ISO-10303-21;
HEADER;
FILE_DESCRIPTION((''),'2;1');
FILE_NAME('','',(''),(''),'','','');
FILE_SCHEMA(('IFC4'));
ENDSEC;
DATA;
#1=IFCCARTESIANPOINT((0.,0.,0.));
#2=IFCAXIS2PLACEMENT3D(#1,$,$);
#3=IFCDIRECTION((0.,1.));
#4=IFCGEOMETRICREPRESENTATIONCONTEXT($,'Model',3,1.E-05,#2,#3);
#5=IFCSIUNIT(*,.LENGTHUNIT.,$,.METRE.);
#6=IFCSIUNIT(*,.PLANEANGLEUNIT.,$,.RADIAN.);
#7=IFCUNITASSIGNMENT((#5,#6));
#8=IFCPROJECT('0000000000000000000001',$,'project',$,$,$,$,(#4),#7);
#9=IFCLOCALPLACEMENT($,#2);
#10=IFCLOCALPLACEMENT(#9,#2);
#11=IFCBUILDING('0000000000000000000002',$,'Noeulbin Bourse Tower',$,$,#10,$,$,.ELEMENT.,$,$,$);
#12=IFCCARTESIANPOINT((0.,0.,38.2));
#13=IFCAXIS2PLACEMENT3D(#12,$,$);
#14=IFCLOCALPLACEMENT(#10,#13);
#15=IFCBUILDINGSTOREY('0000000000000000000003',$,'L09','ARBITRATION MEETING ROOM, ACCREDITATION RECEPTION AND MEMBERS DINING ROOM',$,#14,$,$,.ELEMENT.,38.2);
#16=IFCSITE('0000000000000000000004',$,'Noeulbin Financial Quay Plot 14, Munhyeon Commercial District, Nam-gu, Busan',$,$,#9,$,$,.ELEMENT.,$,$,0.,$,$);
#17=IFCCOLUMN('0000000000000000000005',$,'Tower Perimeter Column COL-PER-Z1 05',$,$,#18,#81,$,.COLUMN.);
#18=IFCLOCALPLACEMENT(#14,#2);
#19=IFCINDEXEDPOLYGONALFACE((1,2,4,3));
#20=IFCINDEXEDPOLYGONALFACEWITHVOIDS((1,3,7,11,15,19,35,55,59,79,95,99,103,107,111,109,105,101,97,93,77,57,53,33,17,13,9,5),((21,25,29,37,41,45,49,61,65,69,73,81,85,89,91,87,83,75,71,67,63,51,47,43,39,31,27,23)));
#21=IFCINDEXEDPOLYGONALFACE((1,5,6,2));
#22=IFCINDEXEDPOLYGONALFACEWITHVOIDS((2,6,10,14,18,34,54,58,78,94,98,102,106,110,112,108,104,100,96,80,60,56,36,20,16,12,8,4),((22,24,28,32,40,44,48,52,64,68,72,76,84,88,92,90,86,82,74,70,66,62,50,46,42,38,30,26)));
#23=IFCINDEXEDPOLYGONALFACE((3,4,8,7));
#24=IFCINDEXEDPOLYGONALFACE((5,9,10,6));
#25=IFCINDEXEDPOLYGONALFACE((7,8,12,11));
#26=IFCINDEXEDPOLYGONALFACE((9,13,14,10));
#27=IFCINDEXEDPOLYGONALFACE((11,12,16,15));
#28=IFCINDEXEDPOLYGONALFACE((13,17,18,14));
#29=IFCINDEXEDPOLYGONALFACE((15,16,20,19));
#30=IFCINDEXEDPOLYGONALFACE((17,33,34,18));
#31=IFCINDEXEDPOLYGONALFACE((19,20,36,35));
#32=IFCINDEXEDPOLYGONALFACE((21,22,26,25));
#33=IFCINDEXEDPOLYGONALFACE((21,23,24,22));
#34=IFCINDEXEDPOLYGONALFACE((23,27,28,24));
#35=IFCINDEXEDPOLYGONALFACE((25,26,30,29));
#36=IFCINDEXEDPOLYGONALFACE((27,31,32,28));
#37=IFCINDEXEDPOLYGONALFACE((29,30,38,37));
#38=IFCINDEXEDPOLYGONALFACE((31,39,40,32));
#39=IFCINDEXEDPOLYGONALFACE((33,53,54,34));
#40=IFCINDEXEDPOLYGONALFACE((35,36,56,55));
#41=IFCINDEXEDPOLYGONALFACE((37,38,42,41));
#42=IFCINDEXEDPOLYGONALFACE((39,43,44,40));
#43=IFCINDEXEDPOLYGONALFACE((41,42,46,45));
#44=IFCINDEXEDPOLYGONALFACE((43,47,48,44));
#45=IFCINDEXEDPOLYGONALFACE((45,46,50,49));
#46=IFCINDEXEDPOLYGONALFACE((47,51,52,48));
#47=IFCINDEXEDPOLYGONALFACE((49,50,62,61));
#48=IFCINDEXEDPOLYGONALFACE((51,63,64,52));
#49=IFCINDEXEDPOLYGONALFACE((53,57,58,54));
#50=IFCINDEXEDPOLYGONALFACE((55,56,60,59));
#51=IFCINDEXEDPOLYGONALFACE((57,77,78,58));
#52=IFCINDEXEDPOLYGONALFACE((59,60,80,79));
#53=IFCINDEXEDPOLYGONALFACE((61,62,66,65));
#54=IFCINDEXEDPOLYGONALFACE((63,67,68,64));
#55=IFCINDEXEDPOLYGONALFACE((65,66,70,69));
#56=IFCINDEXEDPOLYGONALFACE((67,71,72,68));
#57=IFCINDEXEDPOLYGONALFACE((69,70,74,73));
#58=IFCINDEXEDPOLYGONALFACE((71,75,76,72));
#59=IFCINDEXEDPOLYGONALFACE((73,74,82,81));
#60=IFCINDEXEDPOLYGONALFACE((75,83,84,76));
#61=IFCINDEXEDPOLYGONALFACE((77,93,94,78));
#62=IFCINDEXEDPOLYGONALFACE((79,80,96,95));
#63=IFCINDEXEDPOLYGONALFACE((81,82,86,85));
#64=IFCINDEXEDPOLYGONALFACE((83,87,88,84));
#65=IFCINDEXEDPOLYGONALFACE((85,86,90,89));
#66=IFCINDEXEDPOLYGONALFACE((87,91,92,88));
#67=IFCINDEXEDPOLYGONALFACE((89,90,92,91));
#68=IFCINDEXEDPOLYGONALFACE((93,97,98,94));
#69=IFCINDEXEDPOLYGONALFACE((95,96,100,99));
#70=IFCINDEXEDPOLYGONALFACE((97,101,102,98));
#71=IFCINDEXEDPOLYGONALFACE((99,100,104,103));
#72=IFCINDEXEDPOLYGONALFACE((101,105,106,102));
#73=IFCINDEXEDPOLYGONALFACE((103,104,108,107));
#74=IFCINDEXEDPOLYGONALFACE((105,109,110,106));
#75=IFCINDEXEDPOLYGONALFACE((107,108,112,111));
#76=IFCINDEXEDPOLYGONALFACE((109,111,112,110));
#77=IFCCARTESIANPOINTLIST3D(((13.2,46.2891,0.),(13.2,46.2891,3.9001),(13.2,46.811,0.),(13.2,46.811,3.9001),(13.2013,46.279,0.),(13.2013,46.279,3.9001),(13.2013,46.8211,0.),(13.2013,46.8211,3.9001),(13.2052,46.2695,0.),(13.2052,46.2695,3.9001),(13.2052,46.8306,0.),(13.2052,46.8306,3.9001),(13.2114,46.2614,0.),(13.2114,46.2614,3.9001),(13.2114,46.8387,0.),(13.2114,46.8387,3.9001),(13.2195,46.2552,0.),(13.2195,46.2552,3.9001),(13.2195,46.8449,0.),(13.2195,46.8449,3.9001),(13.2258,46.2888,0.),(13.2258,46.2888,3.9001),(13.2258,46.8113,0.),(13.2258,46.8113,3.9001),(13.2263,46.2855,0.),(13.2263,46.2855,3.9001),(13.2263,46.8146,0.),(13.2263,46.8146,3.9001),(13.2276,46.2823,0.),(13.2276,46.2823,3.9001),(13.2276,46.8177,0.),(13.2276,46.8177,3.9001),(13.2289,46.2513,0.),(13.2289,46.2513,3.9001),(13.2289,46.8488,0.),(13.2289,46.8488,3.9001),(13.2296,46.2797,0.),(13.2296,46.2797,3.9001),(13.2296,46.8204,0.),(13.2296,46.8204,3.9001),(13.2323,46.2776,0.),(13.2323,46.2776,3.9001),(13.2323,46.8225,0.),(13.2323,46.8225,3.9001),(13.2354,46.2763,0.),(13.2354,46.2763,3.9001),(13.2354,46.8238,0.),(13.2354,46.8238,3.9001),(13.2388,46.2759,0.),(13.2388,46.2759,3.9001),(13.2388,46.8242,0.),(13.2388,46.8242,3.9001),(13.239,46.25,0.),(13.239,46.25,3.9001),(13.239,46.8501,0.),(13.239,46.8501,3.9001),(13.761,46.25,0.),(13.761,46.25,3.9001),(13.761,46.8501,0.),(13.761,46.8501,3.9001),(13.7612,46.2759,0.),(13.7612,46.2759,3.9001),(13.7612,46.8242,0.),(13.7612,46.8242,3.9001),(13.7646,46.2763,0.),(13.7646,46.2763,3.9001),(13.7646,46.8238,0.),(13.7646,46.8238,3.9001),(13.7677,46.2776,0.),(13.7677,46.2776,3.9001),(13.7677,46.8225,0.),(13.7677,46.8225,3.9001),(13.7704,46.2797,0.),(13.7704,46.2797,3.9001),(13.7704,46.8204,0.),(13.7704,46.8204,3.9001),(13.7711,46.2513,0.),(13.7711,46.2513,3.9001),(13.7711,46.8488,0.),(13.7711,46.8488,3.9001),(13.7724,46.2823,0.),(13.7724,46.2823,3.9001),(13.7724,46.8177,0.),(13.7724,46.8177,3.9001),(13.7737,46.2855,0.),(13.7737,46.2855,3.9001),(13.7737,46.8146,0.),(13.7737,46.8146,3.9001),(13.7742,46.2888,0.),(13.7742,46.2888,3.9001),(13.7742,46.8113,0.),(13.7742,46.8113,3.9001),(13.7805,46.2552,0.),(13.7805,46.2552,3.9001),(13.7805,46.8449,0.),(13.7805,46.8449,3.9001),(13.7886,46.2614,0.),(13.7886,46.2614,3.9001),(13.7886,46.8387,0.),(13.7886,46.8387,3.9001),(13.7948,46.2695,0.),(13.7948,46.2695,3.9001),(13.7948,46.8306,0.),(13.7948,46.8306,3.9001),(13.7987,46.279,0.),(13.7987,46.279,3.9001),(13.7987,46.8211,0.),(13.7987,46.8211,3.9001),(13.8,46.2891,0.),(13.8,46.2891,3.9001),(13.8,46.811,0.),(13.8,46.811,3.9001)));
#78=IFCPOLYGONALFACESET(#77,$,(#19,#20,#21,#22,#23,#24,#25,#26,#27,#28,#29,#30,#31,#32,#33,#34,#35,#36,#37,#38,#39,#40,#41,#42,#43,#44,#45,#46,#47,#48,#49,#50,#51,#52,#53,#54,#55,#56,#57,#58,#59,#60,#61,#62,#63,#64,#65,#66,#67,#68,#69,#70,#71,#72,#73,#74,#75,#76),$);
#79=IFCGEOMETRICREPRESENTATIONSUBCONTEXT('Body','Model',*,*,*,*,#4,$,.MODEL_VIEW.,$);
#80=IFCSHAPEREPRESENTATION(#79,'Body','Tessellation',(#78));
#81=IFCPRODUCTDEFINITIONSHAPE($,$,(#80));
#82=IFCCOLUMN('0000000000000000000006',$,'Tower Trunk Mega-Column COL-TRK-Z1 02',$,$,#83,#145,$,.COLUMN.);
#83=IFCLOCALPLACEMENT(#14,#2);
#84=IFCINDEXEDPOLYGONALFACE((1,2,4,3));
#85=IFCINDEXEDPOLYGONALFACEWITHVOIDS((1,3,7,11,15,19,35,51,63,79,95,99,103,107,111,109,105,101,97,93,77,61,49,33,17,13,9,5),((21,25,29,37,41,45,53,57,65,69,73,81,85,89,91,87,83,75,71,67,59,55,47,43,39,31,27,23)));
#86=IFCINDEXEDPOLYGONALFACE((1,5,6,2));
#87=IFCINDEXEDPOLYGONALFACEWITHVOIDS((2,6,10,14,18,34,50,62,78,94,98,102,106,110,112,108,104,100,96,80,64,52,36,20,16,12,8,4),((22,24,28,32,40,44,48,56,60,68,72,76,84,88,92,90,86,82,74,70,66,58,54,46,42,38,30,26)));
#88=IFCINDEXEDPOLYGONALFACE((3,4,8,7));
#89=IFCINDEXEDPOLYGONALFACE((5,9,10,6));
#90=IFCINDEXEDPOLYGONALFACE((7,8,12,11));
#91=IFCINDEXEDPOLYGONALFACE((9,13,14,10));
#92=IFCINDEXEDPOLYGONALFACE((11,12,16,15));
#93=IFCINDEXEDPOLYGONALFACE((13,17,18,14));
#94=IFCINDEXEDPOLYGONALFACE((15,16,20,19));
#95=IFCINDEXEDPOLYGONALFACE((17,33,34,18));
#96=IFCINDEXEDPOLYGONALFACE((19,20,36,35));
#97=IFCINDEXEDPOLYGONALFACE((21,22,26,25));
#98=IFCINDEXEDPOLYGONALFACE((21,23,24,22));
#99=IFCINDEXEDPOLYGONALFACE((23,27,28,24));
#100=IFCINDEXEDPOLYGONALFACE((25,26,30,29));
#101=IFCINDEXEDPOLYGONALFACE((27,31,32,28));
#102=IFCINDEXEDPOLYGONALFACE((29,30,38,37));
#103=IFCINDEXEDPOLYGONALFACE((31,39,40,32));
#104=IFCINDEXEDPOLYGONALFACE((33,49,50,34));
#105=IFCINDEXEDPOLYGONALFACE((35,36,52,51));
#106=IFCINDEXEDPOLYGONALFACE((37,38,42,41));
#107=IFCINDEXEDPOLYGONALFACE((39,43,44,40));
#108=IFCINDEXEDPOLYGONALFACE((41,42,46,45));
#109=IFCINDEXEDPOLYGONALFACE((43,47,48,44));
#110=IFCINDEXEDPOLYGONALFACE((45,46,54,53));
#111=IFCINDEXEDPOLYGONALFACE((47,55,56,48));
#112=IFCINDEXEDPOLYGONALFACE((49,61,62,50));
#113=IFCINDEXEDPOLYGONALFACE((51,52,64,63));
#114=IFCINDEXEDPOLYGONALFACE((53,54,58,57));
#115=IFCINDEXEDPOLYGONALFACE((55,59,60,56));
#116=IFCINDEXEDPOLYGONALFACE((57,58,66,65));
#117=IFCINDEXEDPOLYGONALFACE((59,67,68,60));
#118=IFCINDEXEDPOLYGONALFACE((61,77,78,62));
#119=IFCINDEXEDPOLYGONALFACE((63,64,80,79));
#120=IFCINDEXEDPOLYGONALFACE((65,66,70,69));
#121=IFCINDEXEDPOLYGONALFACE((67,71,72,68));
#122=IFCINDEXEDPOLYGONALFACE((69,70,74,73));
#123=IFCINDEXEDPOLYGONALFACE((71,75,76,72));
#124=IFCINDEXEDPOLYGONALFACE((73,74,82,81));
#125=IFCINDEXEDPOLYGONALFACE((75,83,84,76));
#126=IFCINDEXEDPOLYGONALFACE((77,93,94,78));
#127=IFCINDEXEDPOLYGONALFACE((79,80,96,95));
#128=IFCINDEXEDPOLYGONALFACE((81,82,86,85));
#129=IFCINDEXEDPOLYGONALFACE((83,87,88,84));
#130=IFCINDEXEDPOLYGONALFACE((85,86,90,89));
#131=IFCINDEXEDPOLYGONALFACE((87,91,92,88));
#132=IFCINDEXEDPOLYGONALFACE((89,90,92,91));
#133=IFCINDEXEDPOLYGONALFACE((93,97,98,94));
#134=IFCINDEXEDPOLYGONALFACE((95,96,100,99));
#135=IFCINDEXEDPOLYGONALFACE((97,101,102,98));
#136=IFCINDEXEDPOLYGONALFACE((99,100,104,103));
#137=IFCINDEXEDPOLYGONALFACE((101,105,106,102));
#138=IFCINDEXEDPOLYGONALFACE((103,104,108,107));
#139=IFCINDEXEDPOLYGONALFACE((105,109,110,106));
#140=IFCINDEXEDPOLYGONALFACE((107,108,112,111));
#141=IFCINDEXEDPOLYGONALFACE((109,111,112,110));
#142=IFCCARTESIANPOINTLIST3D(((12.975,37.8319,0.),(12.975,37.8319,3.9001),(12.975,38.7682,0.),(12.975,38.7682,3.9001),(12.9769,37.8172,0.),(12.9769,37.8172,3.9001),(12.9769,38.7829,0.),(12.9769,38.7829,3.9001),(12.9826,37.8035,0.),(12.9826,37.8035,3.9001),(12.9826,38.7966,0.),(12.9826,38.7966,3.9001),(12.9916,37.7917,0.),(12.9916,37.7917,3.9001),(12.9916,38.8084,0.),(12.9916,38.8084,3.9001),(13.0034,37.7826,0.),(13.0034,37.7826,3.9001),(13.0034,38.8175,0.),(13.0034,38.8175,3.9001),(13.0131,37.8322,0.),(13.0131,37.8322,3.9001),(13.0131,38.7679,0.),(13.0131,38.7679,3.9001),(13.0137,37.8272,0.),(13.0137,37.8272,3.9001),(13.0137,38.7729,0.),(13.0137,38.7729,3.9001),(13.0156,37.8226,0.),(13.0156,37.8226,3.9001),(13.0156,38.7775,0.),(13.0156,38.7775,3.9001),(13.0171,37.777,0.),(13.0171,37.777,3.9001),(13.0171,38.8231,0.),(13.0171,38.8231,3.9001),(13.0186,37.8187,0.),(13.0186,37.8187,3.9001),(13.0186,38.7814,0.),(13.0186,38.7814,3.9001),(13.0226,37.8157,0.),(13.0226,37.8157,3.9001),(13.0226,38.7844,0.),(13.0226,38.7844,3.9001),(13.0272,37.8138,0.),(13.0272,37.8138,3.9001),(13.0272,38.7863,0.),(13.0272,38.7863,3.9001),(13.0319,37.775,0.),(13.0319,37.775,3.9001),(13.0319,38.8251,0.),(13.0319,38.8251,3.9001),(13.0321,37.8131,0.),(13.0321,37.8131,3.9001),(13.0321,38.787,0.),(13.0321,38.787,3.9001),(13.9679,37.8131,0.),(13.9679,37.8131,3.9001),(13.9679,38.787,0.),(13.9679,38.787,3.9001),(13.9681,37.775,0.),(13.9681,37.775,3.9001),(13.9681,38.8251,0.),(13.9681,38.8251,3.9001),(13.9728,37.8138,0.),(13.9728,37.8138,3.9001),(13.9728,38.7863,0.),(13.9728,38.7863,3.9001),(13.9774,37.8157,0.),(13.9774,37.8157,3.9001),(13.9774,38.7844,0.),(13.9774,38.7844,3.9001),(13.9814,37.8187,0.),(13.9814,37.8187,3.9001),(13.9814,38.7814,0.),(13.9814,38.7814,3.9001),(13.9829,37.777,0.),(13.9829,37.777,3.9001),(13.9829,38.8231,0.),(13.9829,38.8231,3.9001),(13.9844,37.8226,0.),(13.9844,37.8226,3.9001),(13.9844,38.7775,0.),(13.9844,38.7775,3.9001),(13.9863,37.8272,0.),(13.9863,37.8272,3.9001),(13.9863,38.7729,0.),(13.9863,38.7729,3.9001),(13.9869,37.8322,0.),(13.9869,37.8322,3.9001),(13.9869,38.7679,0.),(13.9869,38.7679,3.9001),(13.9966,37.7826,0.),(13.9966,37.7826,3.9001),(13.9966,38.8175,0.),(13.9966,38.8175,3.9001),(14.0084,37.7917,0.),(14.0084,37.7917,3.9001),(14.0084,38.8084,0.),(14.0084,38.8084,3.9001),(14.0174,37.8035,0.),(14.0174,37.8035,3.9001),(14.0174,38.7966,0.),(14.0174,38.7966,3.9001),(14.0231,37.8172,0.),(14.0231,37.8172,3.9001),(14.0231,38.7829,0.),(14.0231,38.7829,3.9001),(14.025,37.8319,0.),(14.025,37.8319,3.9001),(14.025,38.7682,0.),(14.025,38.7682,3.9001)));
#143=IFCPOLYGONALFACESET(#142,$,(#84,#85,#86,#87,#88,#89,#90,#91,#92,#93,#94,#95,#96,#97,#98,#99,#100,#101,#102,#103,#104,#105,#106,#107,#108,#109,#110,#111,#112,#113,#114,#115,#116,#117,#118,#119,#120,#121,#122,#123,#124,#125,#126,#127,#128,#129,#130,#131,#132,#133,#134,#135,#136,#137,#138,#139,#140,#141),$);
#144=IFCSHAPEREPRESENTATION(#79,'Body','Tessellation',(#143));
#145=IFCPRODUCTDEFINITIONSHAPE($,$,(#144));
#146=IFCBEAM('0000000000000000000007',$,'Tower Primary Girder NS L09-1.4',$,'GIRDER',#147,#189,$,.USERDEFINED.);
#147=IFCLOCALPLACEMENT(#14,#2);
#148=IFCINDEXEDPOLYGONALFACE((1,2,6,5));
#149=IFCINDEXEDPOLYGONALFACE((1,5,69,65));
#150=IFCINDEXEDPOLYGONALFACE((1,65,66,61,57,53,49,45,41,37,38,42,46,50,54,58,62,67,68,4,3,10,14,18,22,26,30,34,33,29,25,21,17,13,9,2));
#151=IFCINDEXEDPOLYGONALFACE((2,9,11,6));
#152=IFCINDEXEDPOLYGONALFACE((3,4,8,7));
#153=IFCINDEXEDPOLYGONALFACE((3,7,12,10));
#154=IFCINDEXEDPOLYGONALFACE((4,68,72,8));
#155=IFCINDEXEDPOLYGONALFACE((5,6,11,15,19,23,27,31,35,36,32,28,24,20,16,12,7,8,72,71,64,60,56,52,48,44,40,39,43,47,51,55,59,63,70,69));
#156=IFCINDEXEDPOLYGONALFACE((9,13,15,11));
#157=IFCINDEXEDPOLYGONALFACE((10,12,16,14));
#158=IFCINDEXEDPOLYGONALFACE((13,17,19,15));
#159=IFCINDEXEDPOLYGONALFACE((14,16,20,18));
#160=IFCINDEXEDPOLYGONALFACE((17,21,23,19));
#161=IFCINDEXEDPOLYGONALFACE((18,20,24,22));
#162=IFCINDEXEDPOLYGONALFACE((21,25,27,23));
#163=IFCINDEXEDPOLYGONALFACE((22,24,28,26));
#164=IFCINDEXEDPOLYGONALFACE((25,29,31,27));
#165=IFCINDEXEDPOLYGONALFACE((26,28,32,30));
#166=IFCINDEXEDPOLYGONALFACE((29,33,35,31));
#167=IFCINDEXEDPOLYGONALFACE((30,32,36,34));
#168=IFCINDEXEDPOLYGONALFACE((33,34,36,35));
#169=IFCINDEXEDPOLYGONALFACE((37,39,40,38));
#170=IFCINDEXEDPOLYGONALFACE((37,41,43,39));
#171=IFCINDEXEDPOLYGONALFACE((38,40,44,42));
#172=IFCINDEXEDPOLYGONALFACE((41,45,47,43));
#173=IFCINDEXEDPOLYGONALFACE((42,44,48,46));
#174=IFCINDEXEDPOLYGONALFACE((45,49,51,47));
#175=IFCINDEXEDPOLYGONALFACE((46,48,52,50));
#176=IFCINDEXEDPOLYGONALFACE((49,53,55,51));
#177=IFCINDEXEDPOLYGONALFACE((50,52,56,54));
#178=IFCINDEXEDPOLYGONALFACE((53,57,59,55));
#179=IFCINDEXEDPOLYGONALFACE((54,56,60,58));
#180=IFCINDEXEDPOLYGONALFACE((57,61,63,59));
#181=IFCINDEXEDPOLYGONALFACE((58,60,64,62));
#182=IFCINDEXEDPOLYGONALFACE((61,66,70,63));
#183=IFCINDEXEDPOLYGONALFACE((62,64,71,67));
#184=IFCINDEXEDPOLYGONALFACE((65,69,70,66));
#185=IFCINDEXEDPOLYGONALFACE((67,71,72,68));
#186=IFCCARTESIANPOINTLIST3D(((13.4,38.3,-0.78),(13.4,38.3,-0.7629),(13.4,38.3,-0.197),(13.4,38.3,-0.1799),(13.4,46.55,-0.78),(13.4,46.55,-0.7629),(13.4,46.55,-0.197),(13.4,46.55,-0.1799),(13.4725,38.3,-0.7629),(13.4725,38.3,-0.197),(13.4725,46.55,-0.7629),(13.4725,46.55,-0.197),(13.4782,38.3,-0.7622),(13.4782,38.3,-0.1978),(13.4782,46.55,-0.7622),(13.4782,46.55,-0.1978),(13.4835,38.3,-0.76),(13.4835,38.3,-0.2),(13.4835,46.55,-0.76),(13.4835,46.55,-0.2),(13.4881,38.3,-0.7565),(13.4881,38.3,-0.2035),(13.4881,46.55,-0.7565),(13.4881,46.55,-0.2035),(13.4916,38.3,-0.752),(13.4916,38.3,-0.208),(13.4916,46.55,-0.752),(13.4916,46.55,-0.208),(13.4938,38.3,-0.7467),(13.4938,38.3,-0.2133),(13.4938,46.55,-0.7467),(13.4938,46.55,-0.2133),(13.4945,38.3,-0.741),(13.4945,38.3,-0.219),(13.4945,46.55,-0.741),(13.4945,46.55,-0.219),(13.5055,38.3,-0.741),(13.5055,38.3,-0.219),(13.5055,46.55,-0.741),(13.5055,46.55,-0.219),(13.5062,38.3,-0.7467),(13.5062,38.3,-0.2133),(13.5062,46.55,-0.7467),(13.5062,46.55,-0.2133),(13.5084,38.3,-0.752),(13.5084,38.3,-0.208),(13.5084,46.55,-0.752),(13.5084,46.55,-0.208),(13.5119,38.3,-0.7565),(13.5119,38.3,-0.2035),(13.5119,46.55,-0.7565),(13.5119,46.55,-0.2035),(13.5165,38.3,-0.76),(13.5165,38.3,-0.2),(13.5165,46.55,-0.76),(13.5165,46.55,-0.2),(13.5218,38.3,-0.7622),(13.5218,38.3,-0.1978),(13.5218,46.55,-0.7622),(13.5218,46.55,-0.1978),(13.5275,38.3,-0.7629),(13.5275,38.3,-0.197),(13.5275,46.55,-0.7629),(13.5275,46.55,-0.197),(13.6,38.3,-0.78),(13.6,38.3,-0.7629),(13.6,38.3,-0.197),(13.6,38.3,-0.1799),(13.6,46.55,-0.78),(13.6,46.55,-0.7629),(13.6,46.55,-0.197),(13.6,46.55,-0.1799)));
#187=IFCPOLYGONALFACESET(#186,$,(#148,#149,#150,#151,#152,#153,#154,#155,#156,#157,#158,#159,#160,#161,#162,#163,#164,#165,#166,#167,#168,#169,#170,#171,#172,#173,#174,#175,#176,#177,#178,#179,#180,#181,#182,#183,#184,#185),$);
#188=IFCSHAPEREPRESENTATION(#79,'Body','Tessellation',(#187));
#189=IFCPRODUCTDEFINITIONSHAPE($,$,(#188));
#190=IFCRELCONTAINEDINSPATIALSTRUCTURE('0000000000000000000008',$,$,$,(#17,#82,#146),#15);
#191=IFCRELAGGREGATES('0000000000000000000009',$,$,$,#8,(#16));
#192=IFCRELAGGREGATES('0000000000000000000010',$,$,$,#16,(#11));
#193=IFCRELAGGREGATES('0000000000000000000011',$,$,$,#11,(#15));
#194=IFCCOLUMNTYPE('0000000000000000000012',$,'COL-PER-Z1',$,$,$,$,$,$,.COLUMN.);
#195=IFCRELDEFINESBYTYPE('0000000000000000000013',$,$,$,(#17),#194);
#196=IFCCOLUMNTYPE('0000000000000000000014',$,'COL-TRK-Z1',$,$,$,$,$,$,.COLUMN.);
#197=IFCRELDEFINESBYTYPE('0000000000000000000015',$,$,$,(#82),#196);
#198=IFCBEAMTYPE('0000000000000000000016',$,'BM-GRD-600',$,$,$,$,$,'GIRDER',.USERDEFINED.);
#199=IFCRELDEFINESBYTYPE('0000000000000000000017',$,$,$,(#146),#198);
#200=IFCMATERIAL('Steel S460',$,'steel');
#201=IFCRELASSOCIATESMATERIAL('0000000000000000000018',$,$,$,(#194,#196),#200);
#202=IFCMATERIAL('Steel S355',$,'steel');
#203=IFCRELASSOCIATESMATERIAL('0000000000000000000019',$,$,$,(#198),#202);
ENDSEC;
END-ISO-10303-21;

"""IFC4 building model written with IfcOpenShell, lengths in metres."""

from ifc_helpers import new_model, si_unit, direction, frame, origin, origin_2d, place, context, subcontext, project, spatial, hollow_rectangle, i_section, extrude, material, material_profile, profile_set, type_object, element, save


model = new_model("IFC4")

# Units and contexts
model_context = context("Model", 3, precision=1e-05, world=origin(), true_north=direction((0.0, 1.0)))
body_context = subcontext(model_context, "Body", "Model", "MODEL_VIEW")
ifc_project = project(units=[si_unit("LENGTHUNIT", "METRE"), si_unit("PLANEANGLEUNIT", "RADIAN")], contexts=[model_context])

# Site, building, storey
site_placement = place(None, origin())
site = spatial("IfcSite", under=ifc_project, at=site_placement, Name="Noeulbin Financial Quay Plot 14, Munhyeon Commercial District, Nam-gu, Busan", CompositionType="ELEMENT", RefElevation=0.0)
building_placement = place(site_placement, origin())
building = spatial("IfcBuilding", under=site, at=building_placement, Name="Noeulbin Bourse Tower", CompositionType="ELEMENT")
storey_placement = place(building_placement, frame((0.0, 0.0, 38.2)))
storey = spatial("IfcBuildingStorey", under=building, at=storey_placement, Name="L09", Description="ARBITRATION MEETING ROOM, ACCREDITATION RECEPTION AND MEMBERS DINING ROOM", CompositionType="ELEMENT", Elevation=38.2)

# Columns
ifc_material_1 = material(Name="Steel S460", Category="steel")
ifc_material_profile_1 = material_profile(ifc_material_1, hollow_rectangle(XDim=0.6001, YDim=0.6001, WallThickness=0.0259, InnerFilletRadius=0.0129, OuterFilletRadius=0.0391, at=origin_2d()), Name="BOX-600x600x26", Category="LoadBearing")
ifc_profile_set_1 = profile_set([ifc_material_profile_1], Name="Steel S460")
column_type_1 = type_object("IfcColumnType", Name="COL-PER-Z1", PredefinedType="COLUMN", material=ifc_profile_set_1)
column_1_placement = place(storey_placement, frame((13.5, 46.55, 0.0), z_axis=(0.0, 0.0, 1.0), x_axis=(1.0, 0.0, 0.0)))
element("IfcColumn", 1, at=column_1_placement, inside=storey, type_object=column_type_1, Name="Tower Perimeter Column COL-PER-Z1 05", PredefinedType="COLUMN", context=body_context, shape_type="SweptSolid", body=[
    extrude(hollow_rectangle(XDim=0.6001, YDim=0.6001, WallThickness=0.0259, InnerFilletRadius=0.0129, OuterFilletRadius=0.0391, at=origin_2d()), origin(), (0.0, 0.0, 1.0), 3.9001),
])
ifc_material_profile_2 = material_profile(ifc_material_1, hollow_rectangle(XDim=1.05, YDim=1.05, WallThickness=0.0381, InnerFilletRadius=0.019, OuterFilletRadius=0.0569, at=origin_2d()), Name="BOX-1050x1050x38", Category="LoadBearing")
ifc_profile_set_2 = profile_set([ifc_material_profile_2], Name="Steel S460")
column_type_2 = type_object("IfcColumnType", Name="COL-TRK-Z1", PredefinedType="COLUMN", material=ifc_profile_set_2)
column_2_placement = place(storey_placement, frame((13.5, 38.3, 0.0), z_axis=(0.0, 0.0, 1.0), x_axis=(1.0, 0.0, 0.0)))
element("IfcColumn", 2, at=column_2_placement, inside=storey, type_object=column_type_2, Name="Tower Trunk Mega-Column COL-TRK-Z1 02", PredefinedType="COLUMN", context=body_context, shape_type="SweptSolid", body=[
    extrude(hollow_rectangle(XDim=1.05, YDim=1.05, WallThickness=0.0381, InnerFilletRadius=0.019, OuterFilletRadius=0.0569, at=origin_2d()), origin(), (0.0, 0.0, 1.0), 3.9001),
])

# Beam
ifc_material_2 = material(Name="Steel S355", Category="steel")
ifc_material_profile_3 = material_profile(ifc_material_2, i_section(OverallWidth=0.2, OverallDepth=0.6001, WebThickness=0.011, FlangeThickness=0.0171, FilletRadius=0.022, at=origin_2d()), Name="H-600x200x11x17", Category="LoadBearing")
ifc_profile_set_3 = profile_set([ifc_material_profile_3], Name="Steel S355")
beam_type_1 = type_object("IfcBeamType", Name="BM-GRD-600", ElementType="GIRDER", PredefinedType="USERDEFINED", material=ifc_profile_set_3)
beam_1_placement = place(storey_placement, frame((13.5, 38.3, -0.48), z_axis=(0.0, 1.0, 0.0), x_axis=(-1.0, 0.0, 0.0)))
element("IfcBeam", 3, at=beam_1_placement, inside=storey, type_object=beam_type_1, Name="Tower Primary Girder NS L09-1.4", ObjectType="GIRDER", PredefinedType="USERDEFINED", context=body_context, shape_type="SweptSolid", body=[
    extrude(i_section(OverallWidth=0.2, OverallDepth=0.6001, WebThickness=0.011, FlangeThickness=0.0171, FilletRadius=0.022, at=origin_2d()), origin(), (0.0, 0.0, 1.0), 8.25),
])

save(model, "model.ifc")
